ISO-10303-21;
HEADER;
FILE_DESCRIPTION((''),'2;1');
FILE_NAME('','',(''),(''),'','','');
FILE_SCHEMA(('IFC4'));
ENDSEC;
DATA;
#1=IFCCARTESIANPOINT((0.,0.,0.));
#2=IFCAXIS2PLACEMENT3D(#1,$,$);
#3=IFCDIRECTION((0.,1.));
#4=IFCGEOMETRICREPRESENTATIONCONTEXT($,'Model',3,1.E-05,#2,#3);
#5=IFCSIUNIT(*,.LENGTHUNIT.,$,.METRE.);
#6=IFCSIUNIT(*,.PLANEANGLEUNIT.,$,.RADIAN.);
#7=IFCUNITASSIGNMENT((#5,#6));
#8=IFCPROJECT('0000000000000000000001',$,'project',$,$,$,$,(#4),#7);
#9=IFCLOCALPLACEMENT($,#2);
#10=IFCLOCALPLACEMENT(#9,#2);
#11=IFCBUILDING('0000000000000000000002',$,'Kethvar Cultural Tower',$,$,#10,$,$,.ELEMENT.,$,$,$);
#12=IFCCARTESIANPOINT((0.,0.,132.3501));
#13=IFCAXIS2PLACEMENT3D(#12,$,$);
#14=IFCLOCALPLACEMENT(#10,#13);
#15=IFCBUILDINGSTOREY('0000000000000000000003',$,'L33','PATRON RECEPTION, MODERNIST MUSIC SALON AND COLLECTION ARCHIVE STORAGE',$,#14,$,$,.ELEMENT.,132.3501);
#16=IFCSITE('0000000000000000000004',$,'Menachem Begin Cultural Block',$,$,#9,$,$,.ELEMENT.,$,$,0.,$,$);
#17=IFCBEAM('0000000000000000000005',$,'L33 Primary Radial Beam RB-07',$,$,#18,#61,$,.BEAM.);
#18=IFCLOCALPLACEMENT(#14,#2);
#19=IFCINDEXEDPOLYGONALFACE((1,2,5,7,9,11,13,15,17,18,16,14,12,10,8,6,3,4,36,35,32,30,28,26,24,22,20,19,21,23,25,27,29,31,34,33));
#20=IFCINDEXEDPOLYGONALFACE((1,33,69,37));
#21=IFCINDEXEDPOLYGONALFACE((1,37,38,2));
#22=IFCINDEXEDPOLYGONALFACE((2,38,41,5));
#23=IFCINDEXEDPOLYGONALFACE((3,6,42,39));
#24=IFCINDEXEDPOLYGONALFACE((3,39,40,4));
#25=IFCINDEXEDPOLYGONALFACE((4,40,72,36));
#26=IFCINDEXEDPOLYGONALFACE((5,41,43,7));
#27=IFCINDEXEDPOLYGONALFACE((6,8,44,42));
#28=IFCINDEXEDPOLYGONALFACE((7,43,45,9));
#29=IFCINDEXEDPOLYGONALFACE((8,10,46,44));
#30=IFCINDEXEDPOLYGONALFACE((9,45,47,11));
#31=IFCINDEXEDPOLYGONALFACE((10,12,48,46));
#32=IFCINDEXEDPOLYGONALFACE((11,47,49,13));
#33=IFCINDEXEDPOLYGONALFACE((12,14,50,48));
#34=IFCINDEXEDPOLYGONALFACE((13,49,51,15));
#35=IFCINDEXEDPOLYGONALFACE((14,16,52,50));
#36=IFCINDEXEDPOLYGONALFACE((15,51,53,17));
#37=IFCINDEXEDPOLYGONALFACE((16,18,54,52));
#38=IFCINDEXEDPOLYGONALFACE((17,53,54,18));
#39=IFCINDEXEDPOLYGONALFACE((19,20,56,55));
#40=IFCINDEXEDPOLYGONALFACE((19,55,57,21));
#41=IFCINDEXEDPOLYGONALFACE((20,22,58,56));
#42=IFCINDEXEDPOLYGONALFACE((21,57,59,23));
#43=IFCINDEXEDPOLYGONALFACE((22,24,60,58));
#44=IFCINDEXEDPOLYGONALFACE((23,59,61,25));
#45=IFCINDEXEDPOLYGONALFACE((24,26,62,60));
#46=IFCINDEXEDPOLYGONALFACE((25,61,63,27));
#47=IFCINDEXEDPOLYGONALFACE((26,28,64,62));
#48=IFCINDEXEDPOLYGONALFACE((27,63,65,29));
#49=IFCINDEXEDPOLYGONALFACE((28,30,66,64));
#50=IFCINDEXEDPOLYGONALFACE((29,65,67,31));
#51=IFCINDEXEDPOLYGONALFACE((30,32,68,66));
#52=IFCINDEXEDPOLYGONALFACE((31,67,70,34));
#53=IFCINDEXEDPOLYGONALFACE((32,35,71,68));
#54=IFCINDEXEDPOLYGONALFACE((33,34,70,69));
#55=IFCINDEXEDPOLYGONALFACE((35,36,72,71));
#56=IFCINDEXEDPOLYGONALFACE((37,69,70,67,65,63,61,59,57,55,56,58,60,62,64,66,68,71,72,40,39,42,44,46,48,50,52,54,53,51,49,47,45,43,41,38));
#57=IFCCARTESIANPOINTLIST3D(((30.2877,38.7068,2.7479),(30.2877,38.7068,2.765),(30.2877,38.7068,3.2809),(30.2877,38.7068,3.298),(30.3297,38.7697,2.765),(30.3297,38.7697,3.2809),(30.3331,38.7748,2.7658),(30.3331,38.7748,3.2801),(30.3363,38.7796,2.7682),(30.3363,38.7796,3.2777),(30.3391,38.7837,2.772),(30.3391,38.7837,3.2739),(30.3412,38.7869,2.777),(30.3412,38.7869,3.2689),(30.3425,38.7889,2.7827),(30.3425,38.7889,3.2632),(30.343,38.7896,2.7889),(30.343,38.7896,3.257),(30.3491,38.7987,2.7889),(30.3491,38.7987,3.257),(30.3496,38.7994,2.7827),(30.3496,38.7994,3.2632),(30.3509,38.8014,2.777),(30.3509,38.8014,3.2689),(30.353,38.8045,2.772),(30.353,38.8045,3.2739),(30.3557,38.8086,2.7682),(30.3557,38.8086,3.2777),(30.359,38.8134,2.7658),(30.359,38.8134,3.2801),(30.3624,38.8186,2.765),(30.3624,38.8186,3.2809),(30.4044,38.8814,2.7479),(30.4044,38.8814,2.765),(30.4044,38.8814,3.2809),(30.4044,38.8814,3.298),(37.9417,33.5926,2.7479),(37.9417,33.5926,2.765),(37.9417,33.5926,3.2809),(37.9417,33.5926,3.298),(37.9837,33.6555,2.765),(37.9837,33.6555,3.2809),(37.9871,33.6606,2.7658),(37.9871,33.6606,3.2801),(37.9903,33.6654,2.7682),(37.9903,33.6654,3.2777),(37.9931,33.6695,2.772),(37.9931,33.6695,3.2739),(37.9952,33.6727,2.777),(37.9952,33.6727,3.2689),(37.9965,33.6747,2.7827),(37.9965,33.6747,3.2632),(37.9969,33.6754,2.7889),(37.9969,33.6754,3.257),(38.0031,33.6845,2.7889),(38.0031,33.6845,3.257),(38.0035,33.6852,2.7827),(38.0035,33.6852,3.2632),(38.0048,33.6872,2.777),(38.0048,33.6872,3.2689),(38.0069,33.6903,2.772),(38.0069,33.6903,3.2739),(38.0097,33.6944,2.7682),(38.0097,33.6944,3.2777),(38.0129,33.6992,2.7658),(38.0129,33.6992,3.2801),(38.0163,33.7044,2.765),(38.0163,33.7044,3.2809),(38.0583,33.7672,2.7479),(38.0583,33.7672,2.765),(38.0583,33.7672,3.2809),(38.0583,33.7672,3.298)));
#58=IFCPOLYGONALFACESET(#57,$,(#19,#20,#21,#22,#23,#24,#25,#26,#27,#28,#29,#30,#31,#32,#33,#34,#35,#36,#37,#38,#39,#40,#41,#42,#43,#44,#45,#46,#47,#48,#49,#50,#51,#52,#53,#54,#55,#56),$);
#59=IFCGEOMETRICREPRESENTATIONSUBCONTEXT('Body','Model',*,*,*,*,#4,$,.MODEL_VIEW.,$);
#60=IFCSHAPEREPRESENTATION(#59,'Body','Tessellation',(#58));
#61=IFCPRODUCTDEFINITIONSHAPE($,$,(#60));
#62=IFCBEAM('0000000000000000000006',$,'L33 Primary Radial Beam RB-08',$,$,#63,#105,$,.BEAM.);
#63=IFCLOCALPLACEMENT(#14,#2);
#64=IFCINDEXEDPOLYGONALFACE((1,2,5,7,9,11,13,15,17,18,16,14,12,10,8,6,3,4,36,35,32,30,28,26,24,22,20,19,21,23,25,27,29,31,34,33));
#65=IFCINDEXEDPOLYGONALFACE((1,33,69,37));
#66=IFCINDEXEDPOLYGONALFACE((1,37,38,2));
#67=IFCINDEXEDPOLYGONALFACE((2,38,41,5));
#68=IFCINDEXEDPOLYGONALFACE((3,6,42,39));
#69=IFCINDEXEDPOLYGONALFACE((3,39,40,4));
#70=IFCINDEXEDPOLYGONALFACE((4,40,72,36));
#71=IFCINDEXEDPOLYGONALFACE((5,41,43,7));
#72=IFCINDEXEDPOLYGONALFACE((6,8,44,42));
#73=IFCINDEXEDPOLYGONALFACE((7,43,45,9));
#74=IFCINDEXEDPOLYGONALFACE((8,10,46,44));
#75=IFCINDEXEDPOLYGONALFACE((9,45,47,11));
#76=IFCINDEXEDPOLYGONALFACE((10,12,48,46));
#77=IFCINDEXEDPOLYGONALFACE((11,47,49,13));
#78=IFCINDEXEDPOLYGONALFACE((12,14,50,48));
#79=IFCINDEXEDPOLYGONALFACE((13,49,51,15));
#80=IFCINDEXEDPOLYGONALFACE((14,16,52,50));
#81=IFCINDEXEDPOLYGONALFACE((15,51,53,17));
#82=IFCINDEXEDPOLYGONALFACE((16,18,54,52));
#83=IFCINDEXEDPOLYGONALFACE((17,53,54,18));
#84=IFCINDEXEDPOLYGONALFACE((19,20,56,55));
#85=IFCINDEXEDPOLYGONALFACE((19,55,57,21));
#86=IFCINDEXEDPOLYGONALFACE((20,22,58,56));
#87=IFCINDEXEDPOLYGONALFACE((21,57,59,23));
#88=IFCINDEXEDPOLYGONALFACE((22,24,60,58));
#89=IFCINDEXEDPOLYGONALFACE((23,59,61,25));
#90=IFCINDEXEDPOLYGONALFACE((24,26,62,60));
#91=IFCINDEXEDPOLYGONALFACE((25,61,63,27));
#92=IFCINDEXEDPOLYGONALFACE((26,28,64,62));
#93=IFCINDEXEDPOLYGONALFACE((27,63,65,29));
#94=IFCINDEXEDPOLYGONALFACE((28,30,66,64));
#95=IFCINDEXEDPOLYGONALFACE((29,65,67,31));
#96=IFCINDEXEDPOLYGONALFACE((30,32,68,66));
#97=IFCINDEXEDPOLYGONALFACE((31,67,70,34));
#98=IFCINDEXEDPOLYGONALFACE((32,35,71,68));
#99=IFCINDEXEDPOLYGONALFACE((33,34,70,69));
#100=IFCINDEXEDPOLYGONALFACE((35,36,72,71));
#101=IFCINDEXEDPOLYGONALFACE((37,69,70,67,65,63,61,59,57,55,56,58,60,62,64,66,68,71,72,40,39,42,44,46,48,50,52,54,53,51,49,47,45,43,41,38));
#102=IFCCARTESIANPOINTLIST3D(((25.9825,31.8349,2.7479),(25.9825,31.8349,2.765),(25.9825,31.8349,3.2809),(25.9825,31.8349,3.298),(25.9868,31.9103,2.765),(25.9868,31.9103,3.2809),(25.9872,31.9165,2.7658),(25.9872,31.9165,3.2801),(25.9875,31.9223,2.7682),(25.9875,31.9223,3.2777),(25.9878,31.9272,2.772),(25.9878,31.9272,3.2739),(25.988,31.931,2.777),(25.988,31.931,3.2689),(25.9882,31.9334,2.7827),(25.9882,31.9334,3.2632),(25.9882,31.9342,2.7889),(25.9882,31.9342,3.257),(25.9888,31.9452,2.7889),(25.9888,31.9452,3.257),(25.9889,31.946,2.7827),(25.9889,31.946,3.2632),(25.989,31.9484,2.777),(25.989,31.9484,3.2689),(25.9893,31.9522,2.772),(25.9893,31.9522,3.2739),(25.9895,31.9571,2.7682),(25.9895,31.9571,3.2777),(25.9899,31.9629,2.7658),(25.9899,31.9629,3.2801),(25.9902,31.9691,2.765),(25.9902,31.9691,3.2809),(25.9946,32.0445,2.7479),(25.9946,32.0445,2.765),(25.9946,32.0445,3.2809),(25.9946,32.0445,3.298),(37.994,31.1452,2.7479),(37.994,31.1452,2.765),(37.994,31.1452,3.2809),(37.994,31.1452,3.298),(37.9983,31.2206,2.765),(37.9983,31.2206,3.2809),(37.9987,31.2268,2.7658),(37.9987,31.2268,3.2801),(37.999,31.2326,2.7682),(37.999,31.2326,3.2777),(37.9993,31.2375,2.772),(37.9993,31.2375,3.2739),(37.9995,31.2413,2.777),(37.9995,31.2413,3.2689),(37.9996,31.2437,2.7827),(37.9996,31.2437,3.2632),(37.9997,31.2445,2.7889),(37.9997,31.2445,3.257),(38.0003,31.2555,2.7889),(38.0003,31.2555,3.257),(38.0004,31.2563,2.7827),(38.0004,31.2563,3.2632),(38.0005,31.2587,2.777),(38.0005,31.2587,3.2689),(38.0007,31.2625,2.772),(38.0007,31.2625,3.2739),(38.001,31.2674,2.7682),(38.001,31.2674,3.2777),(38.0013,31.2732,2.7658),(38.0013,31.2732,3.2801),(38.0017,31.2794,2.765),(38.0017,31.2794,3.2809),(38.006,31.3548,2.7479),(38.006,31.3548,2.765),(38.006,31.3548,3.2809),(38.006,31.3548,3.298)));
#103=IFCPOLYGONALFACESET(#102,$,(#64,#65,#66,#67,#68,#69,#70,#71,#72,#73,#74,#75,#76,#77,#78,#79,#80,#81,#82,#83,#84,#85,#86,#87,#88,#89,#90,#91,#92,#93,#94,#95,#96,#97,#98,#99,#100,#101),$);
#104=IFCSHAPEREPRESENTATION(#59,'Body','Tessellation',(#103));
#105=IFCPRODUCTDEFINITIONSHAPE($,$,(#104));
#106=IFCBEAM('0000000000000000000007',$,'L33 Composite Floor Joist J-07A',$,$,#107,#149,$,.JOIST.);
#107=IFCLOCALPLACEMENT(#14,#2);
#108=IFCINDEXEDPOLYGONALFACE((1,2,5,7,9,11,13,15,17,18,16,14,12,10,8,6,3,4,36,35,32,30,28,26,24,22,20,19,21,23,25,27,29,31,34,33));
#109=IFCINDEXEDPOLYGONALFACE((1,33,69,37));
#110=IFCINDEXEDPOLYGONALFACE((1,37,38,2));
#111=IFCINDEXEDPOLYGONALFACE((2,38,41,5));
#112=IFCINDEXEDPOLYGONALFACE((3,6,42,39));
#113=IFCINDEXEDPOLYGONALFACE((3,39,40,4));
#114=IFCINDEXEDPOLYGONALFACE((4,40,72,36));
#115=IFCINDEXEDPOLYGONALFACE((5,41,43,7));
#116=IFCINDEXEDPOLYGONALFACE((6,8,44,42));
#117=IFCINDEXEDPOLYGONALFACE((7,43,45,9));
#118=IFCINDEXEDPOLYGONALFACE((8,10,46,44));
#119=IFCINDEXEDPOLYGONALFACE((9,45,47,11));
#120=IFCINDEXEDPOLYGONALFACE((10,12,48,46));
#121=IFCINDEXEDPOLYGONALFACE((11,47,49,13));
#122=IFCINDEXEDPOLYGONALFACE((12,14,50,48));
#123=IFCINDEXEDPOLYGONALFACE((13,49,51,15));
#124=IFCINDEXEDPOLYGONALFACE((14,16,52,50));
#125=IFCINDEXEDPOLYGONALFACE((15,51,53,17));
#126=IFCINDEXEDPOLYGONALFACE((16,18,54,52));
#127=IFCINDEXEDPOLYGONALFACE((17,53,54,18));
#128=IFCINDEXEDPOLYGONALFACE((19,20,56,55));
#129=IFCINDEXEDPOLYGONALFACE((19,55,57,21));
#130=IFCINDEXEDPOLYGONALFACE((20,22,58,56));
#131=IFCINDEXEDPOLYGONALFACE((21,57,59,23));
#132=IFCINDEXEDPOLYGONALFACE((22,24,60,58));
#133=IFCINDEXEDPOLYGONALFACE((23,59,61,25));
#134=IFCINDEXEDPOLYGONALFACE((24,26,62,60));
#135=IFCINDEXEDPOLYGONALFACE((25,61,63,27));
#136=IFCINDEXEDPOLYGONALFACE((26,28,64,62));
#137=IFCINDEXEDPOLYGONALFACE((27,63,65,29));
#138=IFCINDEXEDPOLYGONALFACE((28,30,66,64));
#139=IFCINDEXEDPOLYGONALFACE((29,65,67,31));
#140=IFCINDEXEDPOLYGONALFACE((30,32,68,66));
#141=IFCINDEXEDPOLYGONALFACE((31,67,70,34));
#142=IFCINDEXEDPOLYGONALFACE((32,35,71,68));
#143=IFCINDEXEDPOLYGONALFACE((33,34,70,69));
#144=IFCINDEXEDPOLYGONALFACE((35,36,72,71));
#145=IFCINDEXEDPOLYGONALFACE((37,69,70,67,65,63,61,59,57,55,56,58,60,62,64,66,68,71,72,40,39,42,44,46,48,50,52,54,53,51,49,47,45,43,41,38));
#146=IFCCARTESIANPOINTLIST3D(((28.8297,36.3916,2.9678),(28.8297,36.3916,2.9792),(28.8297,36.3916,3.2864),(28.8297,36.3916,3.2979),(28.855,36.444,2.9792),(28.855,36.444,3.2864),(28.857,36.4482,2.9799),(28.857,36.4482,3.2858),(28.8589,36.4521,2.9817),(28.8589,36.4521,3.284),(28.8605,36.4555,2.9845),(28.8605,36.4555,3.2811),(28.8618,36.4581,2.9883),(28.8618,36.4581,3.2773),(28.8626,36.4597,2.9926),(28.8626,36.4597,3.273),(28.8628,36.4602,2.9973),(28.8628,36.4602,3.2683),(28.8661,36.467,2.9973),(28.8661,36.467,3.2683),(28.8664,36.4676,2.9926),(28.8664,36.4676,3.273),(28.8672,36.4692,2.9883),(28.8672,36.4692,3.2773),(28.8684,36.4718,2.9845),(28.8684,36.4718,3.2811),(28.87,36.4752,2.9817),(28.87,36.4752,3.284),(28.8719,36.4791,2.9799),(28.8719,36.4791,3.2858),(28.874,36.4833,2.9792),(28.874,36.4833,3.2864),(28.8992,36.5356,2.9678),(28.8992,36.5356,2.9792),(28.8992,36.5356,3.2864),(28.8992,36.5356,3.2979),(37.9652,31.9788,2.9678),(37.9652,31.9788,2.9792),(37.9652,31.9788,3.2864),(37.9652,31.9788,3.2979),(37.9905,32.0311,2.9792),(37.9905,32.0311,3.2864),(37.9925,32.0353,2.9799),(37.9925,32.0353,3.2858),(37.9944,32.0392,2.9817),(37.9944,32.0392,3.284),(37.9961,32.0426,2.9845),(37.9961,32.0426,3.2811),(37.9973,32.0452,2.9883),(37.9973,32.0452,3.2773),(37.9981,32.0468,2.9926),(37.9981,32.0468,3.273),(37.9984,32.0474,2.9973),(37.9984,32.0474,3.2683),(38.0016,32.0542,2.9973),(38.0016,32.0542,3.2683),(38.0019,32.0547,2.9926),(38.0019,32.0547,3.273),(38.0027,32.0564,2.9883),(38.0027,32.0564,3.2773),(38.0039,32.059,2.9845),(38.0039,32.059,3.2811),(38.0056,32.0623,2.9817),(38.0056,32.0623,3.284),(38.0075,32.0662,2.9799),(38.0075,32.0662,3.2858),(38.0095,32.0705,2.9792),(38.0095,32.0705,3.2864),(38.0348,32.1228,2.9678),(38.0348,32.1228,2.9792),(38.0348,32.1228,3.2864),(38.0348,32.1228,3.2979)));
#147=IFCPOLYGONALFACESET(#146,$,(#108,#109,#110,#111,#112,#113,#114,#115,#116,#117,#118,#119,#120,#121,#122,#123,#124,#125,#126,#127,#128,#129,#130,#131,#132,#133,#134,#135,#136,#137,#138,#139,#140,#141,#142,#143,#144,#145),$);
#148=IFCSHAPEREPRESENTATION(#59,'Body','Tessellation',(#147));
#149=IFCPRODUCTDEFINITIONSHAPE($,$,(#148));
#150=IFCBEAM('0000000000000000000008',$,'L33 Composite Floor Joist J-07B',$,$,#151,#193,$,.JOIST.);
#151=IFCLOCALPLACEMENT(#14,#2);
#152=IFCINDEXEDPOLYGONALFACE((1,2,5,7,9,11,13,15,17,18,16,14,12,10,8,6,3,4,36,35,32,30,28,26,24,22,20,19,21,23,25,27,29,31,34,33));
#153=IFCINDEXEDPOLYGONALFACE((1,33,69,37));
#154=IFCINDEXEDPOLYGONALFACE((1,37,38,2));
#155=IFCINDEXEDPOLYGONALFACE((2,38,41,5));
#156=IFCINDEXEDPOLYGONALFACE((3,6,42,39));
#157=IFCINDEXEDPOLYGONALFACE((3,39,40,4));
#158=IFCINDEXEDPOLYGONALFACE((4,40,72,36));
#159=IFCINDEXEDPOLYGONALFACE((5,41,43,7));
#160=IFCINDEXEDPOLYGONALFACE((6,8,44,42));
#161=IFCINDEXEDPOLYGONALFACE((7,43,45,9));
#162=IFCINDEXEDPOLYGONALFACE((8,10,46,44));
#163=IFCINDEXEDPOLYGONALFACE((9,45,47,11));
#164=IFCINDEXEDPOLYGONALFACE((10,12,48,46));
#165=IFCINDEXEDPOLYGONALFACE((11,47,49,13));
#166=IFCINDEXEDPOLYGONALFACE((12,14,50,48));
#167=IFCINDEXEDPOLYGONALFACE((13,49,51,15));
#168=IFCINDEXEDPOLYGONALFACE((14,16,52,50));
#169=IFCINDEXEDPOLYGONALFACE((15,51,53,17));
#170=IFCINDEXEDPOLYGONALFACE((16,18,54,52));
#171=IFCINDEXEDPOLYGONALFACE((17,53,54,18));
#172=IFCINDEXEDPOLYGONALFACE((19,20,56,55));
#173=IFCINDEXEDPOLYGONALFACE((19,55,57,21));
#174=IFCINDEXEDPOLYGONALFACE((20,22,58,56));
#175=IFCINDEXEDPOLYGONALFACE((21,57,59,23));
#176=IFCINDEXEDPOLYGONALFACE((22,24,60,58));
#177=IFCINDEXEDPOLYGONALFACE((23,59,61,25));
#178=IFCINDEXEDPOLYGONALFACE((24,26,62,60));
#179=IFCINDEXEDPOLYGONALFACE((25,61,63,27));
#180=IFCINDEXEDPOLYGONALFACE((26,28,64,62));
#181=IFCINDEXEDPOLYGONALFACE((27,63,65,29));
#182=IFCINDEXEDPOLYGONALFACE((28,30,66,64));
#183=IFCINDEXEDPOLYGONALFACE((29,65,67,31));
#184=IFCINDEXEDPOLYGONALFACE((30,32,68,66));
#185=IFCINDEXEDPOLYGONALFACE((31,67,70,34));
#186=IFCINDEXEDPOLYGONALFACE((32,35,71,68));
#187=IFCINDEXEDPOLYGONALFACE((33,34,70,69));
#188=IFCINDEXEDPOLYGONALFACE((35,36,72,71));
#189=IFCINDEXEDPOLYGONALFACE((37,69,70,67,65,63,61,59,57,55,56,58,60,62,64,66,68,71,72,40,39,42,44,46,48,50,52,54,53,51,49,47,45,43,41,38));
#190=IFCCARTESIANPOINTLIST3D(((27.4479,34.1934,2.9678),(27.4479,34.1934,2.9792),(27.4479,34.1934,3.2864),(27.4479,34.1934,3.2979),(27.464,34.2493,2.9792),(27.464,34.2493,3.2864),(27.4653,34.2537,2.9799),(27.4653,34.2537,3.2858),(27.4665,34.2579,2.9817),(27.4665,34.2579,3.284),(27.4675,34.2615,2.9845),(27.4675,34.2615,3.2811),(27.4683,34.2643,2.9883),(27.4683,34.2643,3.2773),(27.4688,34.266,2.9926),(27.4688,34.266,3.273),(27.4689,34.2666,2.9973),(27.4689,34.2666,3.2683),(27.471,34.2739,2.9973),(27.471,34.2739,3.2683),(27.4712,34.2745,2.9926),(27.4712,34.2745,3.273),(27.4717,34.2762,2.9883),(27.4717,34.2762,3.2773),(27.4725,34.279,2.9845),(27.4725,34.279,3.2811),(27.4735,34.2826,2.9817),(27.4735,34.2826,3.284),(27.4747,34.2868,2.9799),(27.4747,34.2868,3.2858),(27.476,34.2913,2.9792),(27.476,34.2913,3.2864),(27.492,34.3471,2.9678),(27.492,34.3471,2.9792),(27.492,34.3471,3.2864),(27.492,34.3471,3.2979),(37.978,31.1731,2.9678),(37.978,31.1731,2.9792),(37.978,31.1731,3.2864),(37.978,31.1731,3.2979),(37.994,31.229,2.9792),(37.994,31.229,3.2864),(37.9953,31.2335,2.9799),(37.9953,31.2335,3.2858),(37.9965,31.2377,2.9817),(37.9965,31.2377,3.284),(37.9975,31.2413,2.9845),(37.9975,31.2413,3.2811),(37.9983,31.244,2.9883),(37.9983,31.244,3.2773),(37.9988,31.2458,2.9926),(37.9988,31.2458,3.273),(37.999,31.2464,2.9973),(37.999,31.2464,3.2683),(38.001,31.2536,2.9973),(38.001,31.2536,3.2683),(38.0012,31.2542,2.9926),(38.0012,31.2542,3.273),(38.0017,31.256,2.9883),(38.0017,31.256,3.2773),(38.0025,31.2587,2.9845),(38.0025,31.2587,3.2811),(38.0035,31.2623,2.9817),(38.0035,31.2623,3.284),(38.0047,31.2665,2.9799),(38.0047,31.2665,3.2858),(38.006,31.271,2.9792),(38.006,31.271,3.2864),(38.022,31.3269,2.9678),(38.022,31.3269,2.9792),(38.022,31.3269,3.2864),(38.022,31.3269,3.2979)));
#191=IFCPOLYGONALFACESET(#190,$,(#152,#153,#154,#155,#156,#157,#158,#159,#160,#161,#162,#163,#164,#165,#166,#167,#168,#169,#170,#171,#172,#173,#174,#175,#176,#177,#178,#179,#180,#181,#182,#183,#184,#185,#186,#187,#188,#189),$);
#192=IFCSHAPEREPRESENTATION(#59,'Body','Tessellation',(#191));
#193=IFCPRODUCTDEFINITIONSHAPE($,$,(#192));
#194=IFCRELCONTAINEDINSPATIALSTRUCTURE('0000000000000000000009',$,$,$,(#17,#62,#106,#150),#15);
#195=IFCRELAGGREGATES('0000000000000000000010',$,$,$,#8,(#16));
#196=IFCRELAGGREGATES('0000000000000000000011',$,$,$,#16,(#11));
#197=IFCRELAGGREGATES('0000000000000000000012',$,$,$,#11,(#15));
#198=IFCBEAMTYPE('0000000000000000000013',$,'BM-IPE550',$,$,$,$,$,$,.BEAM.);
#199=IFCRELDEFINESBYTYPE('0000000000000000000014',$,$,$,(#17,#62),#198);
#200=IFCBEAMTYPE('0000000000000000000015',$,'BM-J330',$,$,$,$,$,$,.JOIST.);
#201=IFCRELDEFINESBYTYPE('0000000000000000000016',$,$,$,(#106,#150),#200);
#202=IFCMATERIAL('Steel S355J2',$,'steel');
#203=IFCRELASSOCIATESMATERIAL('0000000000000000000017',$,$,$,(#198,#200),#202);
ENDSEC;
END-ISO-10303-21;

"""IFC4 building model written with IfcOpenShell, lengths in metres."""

from ifc_helpers import new_model, si_unit, direction, frame, origin, origin_2d, place, context, subcontext, project, spatial, i_section, extrude, source, transform, mapped, material, material_profile, profile_set, type_object, element, save


model = new_model("IFC4")

# Units and contexts
model_context = context("Model", 3, precision=1e-05, world=origin(), true_north=direction((0.0, 1.0)))
body_context = subcontext(model_context, "Body", "Model", "MODEL_VIEW")
ifc_project = project(units=[si_unit("LENGTHUNIT", "METRE"), si_unit("PLANEANGLEUNIT", "RADIAN")], contexts=[model_context])

# Site, building, storey
site_placement = place(None, origin())
site = spatial("IfcSite", under=ifc_project, at=site_placement, Name="Menachem Begin Cultural Block", CompositionType="ELEMENT", RefElevation=0.0)
building_placement = place(site_placement, origin())
building = spatial("IfcBuilding", under=site, at=building_placement, Name="Kethvar Cultural Tower", CompositionType="ELEMENT")
storey_placement = place(building_placement, frame((0.0, 0.0, 132.3501)))
storey = spatial("IfcBuildingStorey", under=building, at=storey_placement, Name="L33", Description="PATRON RECEPTION, MODERNIST MUSIC SALON AND COLLECTION ARCHIVE STORAGE", CompositionType="ELEMENT", Elevation=132.3501)

# Beams
ifc_material_1 = material(Name="Steel S355J2", Category="steel")
ifc_material_profile_1 = material_profile(ifc_material_1, i_section(OverallWidth=0.21, OverallDepth=0.55, WebThickness=0.011, FlangeThickness=0.0171, FilletRadius=0.0239, at=origin_2d()), Name="Steel S355J2 — IPE550")
ifc_profile_set_1 = profile_set([ifc_material_profile_1], Name="Steel S355J2 — IPE550")
beam_type_1 = type_object("IfcBeamType", Name="BM-IPE550", PredefinedType="BEAM", material=ifc_profile_set_1)
shared_shape_1 = source(origin(), body_context, "Body", "SweptSolid", [
    extrude(i_section(OverallWidth=0.21, OverallDepth=0.55, WebThickness=0.011, FlangeThickness=0.0171, FilletRadius=0.0239, at=origin_2d()), origin(), (0.0, 0.0, 1.0), 9.2053),
])
beam_1_placement = place(storey_placement, frame((38.0, 33.6799, 3.0229), z_axis=(-0.83147, 0.555569, 0.0), x_axis=(-0.555569, -0.83147, 0.0)))
element("IfcBeam", 1, at=beam_1_placement, inside=storey, type_object=beam_type_1, Name="L33 Primary Radial Beam RB-07", PredefinedType="BEAM", context=body_context, shape_type="MappedRepresentation", body=[
    mapped(shared_shape_1, transform((0.0, 0.0, 0.0), scale=1.0)),
])
shared_shape_2 = source(origin(), body_context, "Body", "SweptSolid", [
    extrude(i_section(OverallWidth=0.21, OverallDepth=0.55, WebThickness=0.011, FlangeThickness=0.0171, FilletRadius=0.0239, at=origin_2d()), origin(), (0.0, 0.0, 1.0), 12.0312),
])
beam_2_placement = place(storey_placement, frame((38.0, 31.25, 3.0229), z_axis=(-0.998356, 0.057325, 0.0), x_axis=(-0.057325, -0.998356, 0.0)))
element("IfcBeam", 2, at=beam_2_placement, inside=storey, type_object=beam_type_1, Name="L33 Primary Radial Beam RB-08", PredefinedType="BEAM", context=body_context, shape_type="MappedRepresentation", body=[
    mapped(shared_shape_2, transform((0.0, 0.0, 0.0), scale=1.0)),
])
ifc_material_profile_2 = material_profile(ifc_material_1, i_section(OverallWidth=0.1599, OverallDepth=0.3301, WebThickness=0.0076, FlangeThickness=0.0115, FilletRadius=0.0181, at=origin_2d()), Name="Steel S355J2 — IPE330")
ifc_profile_set_2 = profile_set([ifc_material_profile_2], Name="Steel S355J2 — IPE330")
beam_type_2 = type_object("IfcBeamType", Name="BM-J330", PredefinedType="JOIST", material=ifc_profile_set_2)
shared_shape_3 = source(origin(), body_context, "Body", "SweptSolid", [
    extrude(i_section(OverallWidth=0.1599, OverallDepth=0.3301, WebThickness=0.0076, FlangeThickness=0.0115, FilletRadius=0.0181, at=origin_2d()), origin(), (0.0, 0.0, 1.0), 10.1455),
])
beam_3_placement = place(storey_placement, frame((38.0, 32.0508, 3.1328), z_axis=(-0.900451, 0.434957, 0.0), x_axis=(-0.434957, -0.900451, 0.0)))
element("IfcBeam", 3, at=beam_3_placement, inside=storey, type_object=beam_type_2, Name="L33 Composite Floor Joist J-07A", PredefinedType="JOIST", context=body_context, shape_type="MappedRepresentation", body=[
    mapped(shared_shape_3, transform((0.0, 0.0, 0.0), scale=1.0)),
])
shared_shape_4 = source(origin(), body_context, "Body", "SweptSolid", [
    extrude(i_section(OverallWidth=0.1599, OverallDepth=0.3301, WebThickness=0.0076, FlangeThickness=0.0115, FilletRadius=0.0181, at=origin_2d()), origin(), (0.0, 0.0, 1.0), 10.9546),
])
beam_4_placement = place(storey_placement, frame((38.0, 31.25, 3.1328), z_axis=(-0.961242, 0.275707, 0.0), x_axis=(-0.275707, -0.961242, 0.0)))
element("IfcBeam", 4, at=beam_4_placement, inside=storey, type_object=beam_type_2, Name="L33 Composite Floor Joist J-07B", PredefinedType="JOIST", context=body_context, shape_type="MappedRepresentation", body=[
    mapped(shared_shape_4, transform((0.0, 0.0, 0.0), scale=1.0)),
])

save(model, "model.ifc")
